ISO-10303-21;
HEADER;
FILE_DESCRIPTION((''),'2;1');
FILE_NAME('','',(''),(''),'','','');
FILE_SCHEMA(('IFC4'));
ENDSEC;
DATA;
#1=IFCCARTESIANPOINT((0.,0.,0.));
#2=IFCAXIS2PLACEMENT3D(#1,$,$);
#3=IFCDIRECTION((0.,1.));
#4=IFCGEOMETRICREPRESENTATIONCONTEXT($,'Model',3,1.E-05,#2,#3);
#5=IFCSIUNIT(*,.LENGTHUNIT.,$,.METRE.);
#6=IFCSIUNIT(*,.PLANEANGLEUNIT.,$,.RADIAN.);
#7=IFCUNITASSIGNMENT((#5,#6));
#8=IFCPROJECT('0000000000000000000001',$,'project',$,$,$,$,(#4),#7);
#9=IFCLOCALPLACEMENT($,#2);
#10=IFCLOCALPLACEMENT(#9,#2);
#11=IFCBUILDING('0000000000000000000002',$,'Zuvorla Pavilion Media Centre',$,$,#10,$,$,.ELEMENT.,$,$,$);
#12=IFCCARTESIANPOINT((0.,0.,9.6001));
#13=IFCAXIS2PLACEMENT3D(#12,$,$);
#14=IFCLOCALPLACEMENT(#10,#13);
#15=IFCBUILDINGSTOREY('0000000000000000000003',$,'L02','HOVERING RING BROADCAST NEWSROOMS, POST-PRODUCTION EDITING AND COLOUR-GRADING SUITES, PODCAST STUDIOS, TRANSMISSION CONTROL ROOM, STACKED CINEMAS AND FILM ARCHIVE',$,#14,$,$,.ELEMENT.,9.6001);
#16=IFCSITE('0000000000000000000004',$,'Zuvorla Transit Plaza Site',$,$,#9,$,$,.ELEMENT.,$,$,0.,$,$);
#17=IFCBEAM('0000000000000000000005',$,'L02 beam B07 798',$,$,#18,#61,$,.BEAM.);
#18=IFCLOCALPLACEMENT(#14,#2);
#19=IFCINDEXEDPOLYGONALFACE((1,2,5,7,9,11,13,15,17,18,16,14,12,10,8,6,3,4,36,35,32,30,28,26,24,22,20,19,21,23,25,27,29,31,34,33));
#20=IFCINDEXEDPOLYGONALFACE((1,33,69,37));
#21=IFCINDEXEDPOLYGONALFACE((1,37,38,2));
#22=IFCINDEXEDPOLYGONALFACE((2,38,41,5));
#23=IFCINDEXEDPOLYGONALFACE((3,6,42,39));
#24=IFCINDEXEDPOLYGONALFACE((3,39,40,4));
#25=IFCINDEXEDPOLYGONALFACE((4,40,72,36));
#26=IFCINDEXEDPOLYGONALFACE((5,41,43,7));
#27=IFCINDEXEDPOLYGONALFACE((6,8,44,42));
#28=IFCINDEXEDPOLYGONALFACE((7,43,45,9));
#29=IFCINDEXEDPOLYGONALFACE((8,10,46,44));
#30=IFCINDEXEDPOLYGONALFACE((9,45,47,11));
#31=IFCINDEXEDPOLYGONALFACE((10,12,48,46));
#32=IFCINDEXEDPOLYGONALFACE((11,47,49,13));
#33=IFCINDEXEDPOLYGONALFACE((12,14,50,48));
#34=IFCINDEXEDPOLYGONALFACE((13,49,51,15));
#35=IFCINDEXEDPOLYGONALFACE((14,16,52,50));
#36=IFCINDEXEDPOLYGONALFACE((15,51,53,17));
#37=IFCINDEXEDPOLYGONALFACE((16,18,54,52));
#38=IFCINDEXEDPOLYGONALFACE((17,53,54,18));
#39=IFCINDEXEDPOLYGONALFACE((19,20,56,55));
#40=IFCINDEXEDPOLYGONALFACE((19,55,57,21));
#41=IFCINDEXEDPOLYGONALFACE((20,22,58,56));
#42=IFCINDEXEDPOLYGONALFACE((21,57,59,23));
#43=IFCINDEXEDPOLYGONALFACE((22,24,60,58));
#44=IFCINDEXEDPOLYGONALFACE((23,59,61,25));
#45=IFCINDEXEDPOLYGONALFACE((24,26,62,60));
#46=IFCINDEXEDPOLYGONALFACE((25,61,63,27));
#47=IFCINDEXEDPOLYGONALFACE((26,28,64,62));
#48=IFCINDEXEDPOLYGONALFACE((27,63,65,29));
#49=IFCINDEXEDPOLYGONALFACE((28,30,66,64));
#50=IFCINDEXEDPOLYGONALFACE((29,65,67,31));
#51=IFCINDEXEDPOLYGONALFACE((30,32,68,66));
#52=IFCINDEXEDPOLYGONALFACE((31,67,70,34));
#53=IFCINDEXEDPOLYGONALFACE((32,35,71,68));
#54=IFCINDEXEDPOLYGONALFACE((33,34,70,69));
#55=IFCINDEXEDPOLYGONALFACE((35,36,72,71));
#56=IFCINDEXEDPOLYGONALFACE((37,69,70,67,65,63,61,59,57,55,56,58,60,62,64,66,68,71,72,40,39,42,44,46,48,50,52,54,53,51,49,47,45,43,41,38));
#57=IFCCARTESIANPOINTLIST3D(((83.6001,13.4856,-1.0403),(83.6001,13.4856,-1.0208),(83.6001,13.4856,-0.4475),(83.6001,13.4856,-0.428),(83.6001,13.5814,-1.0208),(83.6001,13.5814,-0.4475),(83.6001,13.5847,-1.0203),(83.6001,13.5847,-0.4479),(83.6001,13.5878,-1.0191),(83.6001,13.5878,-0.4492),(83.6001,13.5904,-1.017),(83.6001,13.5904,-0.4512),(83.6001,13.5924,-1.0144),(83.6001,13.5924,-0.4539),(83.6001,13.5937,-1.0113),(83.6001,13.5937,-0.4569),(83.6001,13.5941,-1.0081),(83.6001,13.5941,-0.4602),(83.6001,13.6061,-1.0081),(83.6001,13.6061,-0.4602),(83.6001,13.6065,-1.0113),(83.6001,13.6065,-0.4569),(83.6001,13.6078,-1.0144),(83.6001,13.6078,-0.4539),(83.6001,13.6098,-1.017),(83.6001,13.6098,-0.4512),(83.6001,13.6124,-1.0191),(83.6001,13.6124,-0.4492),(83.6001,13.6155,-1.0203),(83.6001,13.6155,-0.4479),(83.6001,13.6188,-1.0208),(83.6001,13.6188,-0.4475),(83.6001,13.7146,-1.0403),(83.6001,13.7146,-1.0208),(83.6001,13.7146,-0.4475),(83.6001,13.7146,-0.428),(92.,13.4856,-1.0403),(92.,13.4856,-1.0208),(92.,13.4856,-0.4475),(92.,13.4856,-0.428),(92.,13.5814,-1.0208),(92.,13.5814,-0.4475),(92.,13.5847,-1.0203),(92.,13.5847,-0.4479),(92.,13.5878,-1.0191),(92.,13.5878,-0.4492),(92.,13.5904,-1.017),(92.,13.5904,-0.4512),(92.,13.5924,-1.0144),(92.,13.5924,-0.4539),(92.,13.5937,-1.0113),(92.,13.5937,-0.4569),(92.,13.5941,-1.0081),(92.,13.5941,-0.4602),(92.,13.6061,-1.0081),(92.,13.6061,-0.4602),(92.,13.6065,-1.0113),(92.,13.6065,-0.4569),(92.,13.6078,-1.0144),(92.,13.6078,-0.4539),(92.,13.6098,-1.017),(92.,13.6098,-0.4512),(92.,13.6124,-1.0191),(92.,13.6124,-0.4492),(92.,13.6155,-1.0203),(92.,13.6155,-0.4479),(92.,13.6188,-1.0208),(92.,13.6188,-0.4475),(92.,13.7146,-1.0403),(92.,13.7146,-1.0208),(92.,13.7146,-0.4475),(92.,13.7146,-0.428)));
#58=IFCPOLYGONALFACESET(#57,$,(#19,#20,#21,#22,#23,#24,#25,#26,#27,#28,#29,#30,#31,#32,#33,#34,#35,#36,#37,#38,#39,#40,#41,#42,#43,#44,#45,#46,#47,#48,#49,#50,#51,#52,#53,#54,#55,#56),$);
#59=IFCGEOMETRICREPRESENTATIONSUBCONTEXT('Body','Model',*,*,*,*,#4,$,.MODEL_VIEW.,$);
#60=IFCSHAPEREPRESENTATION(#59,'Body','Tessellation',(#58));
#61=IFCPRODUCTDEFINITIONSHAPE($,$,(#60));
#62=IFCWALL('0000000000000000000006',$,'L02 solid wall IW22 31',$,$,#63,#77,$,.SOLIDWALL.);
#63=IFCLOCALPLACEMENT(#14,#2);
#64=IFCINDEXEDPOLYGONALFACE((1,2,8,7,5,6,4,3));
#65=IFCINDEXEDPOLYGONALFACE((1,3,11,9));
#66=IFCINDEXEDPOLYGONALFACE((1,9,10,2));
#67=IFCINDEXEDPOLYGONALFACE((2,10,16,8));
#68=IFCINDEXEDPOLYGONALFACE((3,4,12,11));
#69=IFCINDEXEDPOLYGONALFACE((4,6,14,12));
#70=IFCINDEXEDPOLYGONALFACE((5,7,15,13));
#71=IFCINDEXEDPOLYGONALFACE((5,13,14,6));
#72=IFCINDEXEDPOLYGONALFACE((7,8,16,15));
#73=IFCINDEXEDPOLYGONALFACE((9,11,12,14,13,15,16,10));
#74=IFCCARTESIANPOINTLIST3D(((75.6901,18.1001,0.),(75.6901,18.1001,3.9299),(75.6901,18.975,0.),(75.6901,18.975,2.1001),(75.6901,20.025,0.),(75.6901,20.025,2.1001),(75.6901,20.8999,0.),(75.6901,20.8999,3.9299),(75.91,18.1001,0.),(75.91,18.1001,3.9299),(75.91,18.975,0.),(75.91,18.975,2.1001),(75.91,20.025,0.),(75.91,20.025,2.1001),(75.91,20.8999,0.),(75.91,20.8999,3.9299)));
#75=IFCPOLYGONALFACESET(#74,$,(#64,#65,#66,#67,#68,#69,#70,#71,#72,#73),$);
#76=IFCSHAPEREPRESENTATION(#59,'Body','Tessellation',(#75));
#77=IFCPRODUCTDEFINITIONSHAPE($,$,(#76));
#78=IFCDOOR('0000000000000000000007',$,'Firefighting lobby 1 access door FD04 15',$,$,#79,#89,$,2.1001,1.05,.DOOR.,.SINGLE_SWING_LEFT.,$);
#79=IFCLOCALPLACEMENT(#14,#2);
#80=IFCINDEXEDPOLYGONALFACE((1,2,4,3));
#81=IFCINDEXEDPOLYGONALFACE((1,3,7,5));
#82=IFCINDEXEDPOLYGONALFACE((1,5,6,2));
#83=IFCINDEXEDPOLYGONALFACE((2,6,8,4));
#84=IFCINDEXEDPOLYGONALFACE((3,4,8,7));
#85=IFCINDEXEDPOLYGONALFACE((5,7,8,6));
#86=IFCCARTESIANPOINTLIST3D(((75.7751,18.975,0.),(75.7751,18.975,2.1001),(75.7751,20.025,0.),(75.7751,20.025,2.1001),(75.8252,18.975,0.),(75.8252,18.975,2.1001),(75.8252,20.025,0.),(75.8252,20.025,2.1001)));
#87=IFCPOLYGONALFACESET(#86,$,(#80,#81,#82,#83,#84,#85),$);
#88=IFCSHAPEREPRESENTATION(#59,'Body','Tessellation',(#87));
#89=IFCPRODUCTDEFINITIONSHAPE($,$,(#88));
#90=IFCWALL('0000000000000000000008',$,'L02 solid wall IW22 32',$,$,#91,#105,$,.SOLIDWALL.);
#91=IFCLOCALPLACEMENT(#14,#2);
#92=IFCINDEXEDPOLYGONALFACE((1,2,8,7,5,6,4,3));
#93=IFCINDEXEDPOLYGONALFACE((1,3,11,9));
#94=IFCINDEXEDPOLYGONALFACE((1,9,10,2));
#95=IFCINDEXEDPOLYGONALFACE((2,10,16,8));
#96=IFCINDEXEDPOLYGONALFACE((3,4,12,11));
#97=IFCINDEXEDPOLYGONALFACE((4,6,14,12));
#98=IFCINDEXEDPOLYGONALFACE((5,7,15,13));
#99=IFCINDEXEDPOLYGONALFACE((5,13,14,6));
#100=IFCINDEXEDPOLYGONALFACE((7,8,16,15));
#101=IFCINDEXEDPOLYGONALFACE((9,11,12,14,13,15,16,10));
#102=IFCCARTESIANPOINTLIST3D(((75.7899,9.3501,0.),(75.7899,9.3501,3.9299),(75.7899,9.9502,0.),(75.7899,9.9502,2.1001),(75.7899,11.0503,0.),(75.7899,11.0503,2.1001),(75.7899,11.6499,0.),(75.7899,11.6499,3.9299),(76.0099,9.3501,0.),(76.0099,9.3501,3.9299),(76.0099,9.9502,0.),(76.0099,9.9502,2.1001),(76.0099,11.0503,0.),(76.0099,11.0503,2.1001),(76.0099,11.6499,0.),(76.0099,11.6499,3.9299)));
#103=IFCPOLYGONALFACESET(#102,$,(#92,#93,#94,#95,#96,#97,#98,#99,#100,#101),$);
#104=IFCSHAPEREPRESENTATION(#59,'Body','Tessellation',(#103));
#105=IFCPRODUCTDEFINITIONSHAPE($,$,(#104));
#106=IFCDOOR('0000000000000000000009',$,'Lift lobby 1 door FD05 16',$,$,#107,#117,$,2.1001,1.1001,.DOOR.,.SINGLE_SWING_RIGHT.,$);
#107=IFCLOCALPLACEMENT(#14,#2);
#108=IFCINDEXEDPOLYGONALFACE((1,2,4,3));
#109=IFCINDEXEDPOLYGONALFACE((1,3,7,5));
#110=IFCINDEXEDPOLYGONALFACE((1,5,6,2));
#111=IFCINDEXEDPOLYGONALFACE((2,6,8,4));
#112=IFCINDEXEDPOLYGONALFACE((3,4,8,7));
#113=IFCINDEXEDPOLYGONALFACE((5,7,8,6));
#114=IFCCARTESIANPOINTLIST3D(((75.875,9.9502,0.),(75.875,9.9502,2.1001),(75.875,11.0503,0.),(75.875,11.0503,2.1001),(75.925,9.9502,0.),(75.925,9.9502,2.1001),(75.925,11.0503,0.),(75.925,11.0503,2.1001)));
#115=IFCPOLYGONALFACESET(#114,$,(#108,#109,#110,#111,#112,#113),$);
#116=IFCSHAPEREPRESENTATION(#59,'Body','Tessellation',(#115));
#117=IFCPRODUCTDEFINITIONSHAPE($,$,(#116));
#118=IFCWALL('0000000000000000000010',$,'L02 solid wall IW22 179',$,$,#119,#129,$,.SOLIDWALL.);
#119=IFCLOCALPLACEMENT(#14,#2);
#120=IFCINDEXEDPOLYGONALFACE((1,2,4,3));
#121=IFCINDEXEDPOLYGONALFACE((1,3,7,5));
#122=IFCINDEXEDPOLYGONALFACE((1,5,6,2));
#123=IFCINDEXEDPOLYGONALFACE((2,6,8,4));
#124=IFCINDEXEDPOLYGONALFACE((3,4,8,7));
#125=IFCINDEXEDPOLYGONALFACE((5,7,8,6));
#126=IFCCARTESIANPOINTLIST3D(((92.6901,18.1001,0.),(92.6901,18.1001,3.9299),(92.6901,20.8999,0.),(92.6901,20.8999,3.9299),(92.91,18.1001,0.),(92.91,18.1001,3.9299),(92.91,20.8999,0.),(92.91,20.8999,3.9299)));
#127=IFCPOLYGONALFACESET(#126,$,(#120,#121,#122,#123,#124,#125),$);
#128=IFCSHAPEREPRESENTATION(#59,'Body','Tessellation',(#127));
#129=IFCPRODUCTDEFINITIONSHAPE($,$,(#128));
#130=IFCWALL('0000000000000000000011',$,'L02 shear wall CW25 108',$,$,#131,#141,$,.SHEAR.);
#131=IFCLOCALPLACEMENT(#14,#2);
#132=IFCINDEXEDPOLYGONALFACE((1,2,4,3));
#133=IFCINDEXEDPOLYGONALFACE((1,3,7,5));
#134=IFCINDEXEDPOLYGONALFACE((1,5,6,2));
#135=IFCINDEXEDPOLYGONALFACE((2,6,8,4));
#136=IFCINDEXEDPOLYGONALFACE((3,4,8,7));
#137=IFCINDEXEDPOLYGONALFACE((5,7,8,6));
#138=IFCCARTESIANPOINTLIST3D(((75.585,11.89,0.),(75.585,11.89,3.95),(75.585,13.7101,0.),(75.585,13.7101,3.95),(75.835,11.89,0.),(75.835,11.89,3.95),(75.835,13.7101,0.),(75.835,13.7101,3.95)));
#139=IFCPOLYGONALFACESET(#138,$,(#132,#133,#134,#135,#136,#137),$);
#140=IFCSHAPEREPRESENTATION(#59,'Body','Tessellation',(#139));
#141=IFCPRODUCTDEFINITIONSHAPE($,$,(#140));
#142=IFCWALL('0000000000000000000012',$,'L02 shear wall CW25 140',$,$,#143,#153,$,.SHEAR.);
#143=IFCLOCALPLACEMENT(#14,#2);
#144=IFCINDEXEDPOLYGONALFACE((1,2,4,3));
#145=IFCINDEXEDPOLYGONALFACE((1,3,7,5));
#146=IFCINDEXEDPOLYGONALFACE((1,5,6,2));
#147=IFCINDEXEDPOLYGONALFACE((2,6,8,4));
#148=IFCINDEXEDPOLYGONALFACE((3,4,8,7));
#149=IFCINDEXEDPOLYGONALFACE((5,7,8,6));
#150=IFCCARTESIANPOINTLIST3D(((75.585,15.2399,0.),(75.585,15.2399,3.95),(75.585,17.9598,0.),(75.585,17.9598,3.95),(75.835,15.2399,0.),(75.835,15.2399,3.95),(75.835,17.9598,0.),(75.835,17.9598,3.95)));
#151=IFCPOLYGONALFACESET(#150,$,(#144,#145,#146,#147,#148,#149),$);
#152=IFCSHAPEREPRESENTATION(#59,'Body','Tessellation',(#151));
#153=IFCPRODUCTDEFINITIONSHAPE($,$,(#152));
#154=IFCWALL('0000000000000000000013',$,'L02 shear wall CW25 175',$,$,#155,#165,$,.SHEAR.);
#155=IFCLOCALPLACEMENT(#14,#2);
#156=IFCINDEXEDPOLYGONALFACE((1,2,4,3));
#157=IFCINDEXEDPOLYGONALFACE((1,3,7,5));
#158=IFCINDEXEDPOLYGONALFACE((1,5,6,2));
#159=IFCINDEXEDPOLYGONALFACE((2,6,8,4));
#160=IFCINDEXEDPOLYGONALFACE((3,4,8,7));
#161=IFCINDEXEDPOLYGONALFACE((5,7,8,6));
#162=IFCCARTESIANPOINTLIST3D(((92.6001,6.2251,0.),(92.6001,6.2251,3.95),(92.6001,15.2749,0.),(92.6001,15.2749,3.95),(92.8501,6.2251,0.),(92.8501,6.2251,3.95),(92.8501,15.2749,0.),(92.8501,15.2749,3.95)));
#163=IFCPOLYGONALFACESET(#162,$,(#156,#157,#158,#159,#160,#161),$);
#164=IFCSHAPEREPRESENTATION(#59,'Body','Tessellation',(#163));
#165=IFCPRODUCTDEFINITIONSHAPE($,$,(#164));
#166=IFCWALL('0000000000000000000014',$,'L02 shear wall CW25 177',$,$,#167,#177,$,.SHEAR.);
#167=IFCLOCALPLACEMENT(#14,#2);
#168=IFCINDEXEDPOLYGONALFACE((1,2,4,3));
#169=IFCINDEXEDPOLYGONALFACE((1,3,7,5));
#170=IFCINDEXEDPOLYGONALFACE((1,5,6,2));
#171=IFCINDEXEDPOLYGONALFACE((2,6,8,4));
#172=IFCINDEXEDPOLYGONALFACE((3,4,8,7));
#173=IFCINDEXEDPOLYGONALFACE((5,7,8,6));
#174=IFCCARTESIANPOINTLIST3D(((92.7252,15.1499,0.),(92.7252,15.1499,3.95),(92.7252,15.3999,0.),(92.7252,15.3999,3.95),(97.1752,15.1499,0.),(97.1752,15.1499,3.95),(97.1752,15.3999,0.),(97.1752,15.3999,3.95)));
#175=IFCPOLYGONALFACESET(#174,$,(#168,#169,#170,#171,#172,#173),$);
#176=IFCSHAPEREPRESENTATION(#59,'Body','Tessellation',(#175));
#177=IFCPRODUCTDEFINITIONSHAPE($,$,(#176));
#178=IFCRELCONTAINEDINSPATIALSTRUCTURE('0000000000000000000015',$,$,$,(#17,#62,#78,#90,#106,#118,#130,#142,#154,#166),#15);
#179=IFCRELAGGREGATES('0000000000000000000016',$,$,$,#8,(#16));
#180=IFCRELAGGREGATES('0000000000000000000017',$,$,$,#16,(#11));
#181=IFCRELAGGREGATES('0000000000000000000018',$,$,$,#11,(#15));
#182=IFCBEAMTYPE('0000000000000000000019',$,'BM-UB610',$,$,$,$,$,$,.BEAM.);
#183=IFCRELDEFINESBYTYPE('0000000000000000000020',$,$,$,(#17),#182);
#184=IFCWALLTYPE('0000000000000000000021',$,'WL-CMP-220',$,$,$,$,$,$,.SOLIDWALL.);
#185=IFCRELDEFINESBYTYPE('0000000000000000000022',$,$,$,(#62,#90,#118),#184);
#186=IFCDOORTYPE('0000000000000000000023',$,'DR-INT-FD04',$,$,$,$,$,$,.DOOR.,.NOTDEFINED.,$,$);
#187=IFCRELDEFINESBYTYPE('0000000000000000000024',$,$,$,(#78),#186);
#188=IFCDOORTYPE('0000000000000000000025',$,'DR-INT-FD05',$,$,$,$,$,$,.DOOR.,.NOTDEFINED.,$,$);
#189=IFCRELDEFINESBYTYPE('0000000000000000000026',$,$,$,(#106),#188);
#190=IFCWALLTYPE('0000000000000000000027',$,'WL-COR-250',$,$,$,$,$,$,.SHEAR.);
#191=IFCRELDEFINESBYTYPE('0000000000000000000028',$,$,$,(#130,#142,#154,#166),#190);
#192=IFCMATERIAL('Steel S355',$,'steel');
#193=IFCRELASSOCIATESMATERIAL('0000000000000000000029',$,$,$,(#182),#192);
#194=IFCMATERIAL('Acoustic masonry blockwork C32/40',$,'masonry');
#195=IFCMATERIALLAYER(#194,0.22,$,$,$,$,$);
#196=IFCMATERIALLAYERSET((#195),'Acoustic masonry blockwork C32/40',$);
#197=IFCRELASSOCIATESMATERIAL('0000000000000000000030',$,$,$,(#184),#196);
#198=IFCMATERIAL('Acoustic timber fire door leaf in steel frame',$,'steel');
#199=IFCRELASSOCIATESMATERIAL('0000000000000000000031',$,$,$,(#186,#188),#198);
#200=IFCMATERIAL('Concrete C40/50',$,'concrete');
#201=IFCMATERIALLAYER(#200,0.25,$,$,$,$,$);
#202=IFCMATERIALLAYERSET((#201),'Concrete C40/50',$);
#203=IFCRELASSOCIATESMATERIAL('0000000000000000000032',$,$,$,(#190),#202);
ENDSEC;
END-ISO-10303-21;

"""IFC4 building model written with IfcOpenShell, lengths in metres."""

from ifc_helpers import new_model, si_unit, direction, frame, frame_2d, origin, origin_2d, place, context, subcontext, project, spatial, rectangle, i_section, extrude, material, layer, layer_set, material_profile, profile_set, type_object, element, fill, save


model = new_model("IFC4")

# Units and contexts
model_context = context("Model", 3, precision=1e-05, world=origin(), true_north=direction((0.0, 1.0)))
body_context = subcontext(model_context, "Body", "Model", "MODEL_VIEW")
ifc_project = project(units=[si_unit("LENGTHUNIT", "METRE"), si_unit("PLANEANGLEUNIT", "RADIAN")], contexts=[model_context])

# Site, building, storey
site_placement = place(None, origin())
site = spatial("IfcSite", under=ifc_project, at=site_placement, Name="Zuvorla Transit Plaza Site", CompositionType="ELEMENT", RefElevation=0.0)
building_placement = place(site_placement, origin())
building = spatial("IfcBuilding", under=site, at=building_placement, Name="Zuvorla Pavilion Media Centre", CompositionType="ELEMENT")
storey_placement = place(building_placement, frame((0.0, 0.0, 9.6001)))
storey = spatial("IfcBuildingStorey", under=building, at=storey_placement, Name="L02", Description="HOVERING RING BROADCAST NEWSROOMS, POST-PRODUCTION EDITING AND COLOUR-GRADING SUITES, PODCAST STUDIOS, TRANSMISSION CONTROL ROOM, STACKED CINEMAS AND FILM ARCHIVE", CompositionType="ELEMENT", Elevation=9.6001)

# Shared definitions
ifc_material_1 = material(Name="Concrete C40/50", Category="concrete")

# Beam
ifc_material_2 = material(Name="Steel S355", Category="steel")
ifc_material_profile_1 = material_profile(ifc_material_2, i_section(OverallWidth=0.229, OverallDepth=0.6123, WebThickness=0.012, FlangeThickness=0.0195, FilletRadius=0.0127, at=origin_2d()), Name="UB 610x229x125")
ifc_profile_set_1 = profile_set([ifc_material_profile_1], Name="Steel S355")
beam_type_1 = type_object("IfcBeamType", Name="BM-UB610", PredefinedType="BEAM", material=ifc_profile_set_1)
beam_1_placement = place(storey_placement, frame((83.6001, 13.6001, -0.7341), z_axis=(1.0, 0.0, 0.0), x_axis=(0.0, 1.0, 0.0)))
element("IfcBeam", 1, at=beam_1_placement, inside=storey, type_object=beam_type_1, Name="L02 beam B07 798", PredefinedType="BEAM", context=body_context, shape_type="SweptSolid", body=[
    extrude(i_section(OverallWidth=0.229, OverallDepth=0.6123, WebThickness=0.012, FlangeThickness=0.0195, FilletRadius=0.0127, at=origin_2d()), origin(), (0.0, 0.0, 1.0), 8.3999),
])

# Walls, openings, doors
ifc_material_3 = material(Name="Acoustic masonry blockwork C32/40", Category="masonry")
ifc_layer_1 = layer(ifc_material_3, 0.22)
ifc_layer_set_1 = layer_set([ifc_layer_1], Name="Acoustic masonry blockwork C32/40")
wall_type_1 = type_object("IfcWallType", Name="WL-CMP-220", PredefinedType="SOLIDWALL", material=ifc_layer_set_1)
wall_1_placement = place(storey_placement, frame((75.8, 18.1001, 0.0), z_axis=(0.0, 0.0, 1.0), x_axis=(0.0, 1.0, 0.0)))
wall_1 = element("IfcWall", 2, at=wall_1_placement, inside=storey, type_object=wall_type_1, Name="L02 solid wall IW22 31", PredefinedType="SOLIDWALL", context=body_context, shape_type="SweptSolid", body=[
    extrude(rectangle(XDim=2.7998, YDim=0.22, at=frame_2d((1.3999, 0.0))), origin(), (0.0, 0.0, 1.0), 3.9299),
])
opening_1_placement = place(wall_1_placement, frame((0.875, 0.0, 0.0)))
opening_1 = element("IfcOpeningElement", 3, at=opening_1_placement, cuts=wall_1, PredefinedType="OPENING", context=body_context, shape_type="SweptSolid", body=[
    extrude(rectangle(XDim=1.05, YDim=2.1001, at=frame_2d((0.5249, 1.05))), frame((0.0, 0.1199, 0.0), z_axis=(0.0, -1.0, 0.0), x_axis=(1.0, 0.0, 0.0)), (0.0, 0.0, 1.0), 0.24),
])
ifc_material_4 = material(Name="Acoustic timber fire door leaf in steel frame", Category="steel")
door_type_1 = type_object("IfcDoorType", Name="DR-INT-FD04", OperationType="NOTDEFINED", PredefinedType="DOOR", material=ifc_material_4)
door_1_placement = place(opening_1_placement, origin())
door_1 = element("IfcDoor", 4, at=door_1_placement, inside=storey, type_object=door_type_1, Name="Firefighting lobby 1 access door FD04 15", OperationType="SINGLE_SWING_LEFT", OverallHeight=2.1001, OverallWidth=1.05, PredefinedType="DOOR", context=body_context, shape_type="SweptSolid", body=[
    extrude(rectangle(XDim=1.05, YDim=2.1001, at=frame_2d((0.5249, 1.05))), frame((0.0, 0.0249, 0.0), z_axis=(0.0, -1.0, 0.0), x_axis=(1.0, 0.0, 0.0)), (0.0, 0.0, 1.0), 0.05),
])
fill(opening_1, door_1)
wall_2_placement = place(storey_placement, frame((75.8999, 9.3501, 0.0), z_axis=(0.0, 0.0, 1.0), x_axis=(0.0, 1.0, 0.0)))
wall_2 = element("IfcWall", 5, at=wall_2_placement, inside=storey, type_object=wall_type_1, Name="L02 solid wall IW22 32", PredefinedType="SOLIDWALL", context=body_context, shape_type="SweptSolid", body=[
    extrude(rectangle(XDim=2.2998, YDim=0.22, at=frame_2d((1.1499, 0.0))), origin(), (0.0, 0.0, 1.0), 3.9299),
])
opening_2_placement = place(wall_2_placement, frame((0.6001, 0.0, 0.0)))
opening_2 = element("IfcOpeningElement", 6, at=opening_2_placement, cuts=wall_2, PredefinedType="OPENING", context=body_context, shape_type="SweptSolid", body=[
    extrude(rectangle(XDim=1.1001, YDim=2.1001, at=frame_2d((0.55, 1.05))), frame((0.0, 0.1199, 0.0), z_axis=(0.0, -1.0, 0.0), x_axis=(1.0, 0.0, 0.0)), (0.0, 0.0, 1.0), 0.24),
])
door_type_2 = type_object("IfcDoorType", Name="DR-INT-FD05", OperationType="NOTDEFINED", PredefinedType="DOOR", material=ifc_material_4)
door_2_placement = place(opening_2_placement, origin())
door_2 = element("IfcDoor", 7, at=door_2_placement, inside=storey, type_object=door_type_2, Name="Lift lobby 1 door FD05 16", OperationType="SINGLE_SWING_RIGHT", OverallHeight=2.1001, OverallWidth=1.1001, PredefinedType="DOOR", context=body_context, shape_type="SweptSolid", body=[
    extrude(rectangle(XDim=1.1001, YDim=2.1001, at=frame_2d((0.55, 1.05))), frame((0.0, 0.0249, 0.0), z_axis=(0.0, -1.0, 0.0), x_axis=(1.0, 0.0, 0.0)), (0.0, 0.0, 1.0), 0.05),
])
fill(opening_2, door_2)

# Walls
wall_3_placement = place(storey_placement, frame((92.8, 18.1001, 0.0), z_axis=(0.0, 0.0, 1.0), x_axis=(0.0, 1.0, 0.0)))
element("IfcWall", 8, at=wall_3_placement, inside=storey, type_object=wall_type_1, Name="L02 solid wall IW22 179", PredefinedType="SOLIDWALL", context=body_context, shape_type="SweptSolid", body=[
    extrude(rectangle(XDim=2.7998, YDim=0.22, at=frame_2d((1.3999, 0.0))), origin(), (0.0, 0.0, 1.0), 3.9299),
])
ifc_layer_2 = layer(ifc_material_1, 0.25)
ifc_layer_set_2 = layer_set([ifc_layer_2], Name="Concrete C40/50")
wall_type_2 = type_object("IfcWallType", Name="WL-COR-250", PredefinedType="SHEAR", material=ifc_layer_set_2)
wall_4_placement = place(storey_placement, frame((75.71, 11.8899, 0.0), z_axis=(0.0, 0.0, 1.0), x_axis=(0.0, 1.0, 0.0)))
element("IfcWall", 9, at=wall_4_placement, inside=storey, type_object=wall_type_2, Name="L02 shear wall CW25 108", PredefinedType="SHEAR", context=body_context, shape_type="SweptSolid", body=[
    extrude(rectangle(XDim=1.8201, YDim=0.25, at=frame_2d((0.9102, 0.0))), origin(), (0.0, 0.0, 1.0), 3.95),
])
wall_5_placement = place(storey_placement, frame((75.71, 15.24, 0.0), z_axis=(0.0, 0.0, 1.0), x_axis=(0.0, 1.0, 0.0)))
element("IfcWall", 10, at=wall_5_placement, inside=storey, type_object=wall_type_2, Name="L02 shear wall CW25 140", PredefinedType="SHEAR", context=body_context, shape_type="SweptSolid", body=[
    extrude(rectangle(XDim=2.72, YDim=0.25, at=frame_2d((1.3599, 0.0))), origin(), (0.0, 0.0, 1.0), 3.95),
])
wall_6_placement = place(storey_placement, frame((92.7251, 6.2251, 0.0), z_axis=(0.0, 0.0, 1.0), x_axis=(0.0, 1.0, 0.0)))
element("IfcWall", 11, at=wall_6_placement, inside=storey, type_object=wall_type_2, Name="L02 shear wall CW25 175", PredefinedType="SHEAR", context=body_context, shape_type="SweptSolid", body=[
    extrude(rectangle(XDim=9.0498, YDim=0.25, at=frame_2d((4.5249, 0.0))), origin(), (0.0, 0.0, 1.0), 3.95),
])
wall_7_placement = place(storey_placement, frame((92.7251, 15.2749, 0.0), z_axis=(0.0, 0.0, 1.0), x_axis=(1.0, 0.0, 0.0)))
element("IfcWall", 12, at=wall_7_placement, inside=storey, type_object=wall_type_2, Name="L02 shear wall CW25 177", PredefinedType="SHEAR", context=body_context, shape_type="SweptSolid", body=[
    extrude(rectangle(XDim=4.45, YDim=0.25, at=frame_2d((2.2251, 0.0))), origin(), (0.0, 0.0, 1.0), 3.95),
])

save(model, "model.ifc")
